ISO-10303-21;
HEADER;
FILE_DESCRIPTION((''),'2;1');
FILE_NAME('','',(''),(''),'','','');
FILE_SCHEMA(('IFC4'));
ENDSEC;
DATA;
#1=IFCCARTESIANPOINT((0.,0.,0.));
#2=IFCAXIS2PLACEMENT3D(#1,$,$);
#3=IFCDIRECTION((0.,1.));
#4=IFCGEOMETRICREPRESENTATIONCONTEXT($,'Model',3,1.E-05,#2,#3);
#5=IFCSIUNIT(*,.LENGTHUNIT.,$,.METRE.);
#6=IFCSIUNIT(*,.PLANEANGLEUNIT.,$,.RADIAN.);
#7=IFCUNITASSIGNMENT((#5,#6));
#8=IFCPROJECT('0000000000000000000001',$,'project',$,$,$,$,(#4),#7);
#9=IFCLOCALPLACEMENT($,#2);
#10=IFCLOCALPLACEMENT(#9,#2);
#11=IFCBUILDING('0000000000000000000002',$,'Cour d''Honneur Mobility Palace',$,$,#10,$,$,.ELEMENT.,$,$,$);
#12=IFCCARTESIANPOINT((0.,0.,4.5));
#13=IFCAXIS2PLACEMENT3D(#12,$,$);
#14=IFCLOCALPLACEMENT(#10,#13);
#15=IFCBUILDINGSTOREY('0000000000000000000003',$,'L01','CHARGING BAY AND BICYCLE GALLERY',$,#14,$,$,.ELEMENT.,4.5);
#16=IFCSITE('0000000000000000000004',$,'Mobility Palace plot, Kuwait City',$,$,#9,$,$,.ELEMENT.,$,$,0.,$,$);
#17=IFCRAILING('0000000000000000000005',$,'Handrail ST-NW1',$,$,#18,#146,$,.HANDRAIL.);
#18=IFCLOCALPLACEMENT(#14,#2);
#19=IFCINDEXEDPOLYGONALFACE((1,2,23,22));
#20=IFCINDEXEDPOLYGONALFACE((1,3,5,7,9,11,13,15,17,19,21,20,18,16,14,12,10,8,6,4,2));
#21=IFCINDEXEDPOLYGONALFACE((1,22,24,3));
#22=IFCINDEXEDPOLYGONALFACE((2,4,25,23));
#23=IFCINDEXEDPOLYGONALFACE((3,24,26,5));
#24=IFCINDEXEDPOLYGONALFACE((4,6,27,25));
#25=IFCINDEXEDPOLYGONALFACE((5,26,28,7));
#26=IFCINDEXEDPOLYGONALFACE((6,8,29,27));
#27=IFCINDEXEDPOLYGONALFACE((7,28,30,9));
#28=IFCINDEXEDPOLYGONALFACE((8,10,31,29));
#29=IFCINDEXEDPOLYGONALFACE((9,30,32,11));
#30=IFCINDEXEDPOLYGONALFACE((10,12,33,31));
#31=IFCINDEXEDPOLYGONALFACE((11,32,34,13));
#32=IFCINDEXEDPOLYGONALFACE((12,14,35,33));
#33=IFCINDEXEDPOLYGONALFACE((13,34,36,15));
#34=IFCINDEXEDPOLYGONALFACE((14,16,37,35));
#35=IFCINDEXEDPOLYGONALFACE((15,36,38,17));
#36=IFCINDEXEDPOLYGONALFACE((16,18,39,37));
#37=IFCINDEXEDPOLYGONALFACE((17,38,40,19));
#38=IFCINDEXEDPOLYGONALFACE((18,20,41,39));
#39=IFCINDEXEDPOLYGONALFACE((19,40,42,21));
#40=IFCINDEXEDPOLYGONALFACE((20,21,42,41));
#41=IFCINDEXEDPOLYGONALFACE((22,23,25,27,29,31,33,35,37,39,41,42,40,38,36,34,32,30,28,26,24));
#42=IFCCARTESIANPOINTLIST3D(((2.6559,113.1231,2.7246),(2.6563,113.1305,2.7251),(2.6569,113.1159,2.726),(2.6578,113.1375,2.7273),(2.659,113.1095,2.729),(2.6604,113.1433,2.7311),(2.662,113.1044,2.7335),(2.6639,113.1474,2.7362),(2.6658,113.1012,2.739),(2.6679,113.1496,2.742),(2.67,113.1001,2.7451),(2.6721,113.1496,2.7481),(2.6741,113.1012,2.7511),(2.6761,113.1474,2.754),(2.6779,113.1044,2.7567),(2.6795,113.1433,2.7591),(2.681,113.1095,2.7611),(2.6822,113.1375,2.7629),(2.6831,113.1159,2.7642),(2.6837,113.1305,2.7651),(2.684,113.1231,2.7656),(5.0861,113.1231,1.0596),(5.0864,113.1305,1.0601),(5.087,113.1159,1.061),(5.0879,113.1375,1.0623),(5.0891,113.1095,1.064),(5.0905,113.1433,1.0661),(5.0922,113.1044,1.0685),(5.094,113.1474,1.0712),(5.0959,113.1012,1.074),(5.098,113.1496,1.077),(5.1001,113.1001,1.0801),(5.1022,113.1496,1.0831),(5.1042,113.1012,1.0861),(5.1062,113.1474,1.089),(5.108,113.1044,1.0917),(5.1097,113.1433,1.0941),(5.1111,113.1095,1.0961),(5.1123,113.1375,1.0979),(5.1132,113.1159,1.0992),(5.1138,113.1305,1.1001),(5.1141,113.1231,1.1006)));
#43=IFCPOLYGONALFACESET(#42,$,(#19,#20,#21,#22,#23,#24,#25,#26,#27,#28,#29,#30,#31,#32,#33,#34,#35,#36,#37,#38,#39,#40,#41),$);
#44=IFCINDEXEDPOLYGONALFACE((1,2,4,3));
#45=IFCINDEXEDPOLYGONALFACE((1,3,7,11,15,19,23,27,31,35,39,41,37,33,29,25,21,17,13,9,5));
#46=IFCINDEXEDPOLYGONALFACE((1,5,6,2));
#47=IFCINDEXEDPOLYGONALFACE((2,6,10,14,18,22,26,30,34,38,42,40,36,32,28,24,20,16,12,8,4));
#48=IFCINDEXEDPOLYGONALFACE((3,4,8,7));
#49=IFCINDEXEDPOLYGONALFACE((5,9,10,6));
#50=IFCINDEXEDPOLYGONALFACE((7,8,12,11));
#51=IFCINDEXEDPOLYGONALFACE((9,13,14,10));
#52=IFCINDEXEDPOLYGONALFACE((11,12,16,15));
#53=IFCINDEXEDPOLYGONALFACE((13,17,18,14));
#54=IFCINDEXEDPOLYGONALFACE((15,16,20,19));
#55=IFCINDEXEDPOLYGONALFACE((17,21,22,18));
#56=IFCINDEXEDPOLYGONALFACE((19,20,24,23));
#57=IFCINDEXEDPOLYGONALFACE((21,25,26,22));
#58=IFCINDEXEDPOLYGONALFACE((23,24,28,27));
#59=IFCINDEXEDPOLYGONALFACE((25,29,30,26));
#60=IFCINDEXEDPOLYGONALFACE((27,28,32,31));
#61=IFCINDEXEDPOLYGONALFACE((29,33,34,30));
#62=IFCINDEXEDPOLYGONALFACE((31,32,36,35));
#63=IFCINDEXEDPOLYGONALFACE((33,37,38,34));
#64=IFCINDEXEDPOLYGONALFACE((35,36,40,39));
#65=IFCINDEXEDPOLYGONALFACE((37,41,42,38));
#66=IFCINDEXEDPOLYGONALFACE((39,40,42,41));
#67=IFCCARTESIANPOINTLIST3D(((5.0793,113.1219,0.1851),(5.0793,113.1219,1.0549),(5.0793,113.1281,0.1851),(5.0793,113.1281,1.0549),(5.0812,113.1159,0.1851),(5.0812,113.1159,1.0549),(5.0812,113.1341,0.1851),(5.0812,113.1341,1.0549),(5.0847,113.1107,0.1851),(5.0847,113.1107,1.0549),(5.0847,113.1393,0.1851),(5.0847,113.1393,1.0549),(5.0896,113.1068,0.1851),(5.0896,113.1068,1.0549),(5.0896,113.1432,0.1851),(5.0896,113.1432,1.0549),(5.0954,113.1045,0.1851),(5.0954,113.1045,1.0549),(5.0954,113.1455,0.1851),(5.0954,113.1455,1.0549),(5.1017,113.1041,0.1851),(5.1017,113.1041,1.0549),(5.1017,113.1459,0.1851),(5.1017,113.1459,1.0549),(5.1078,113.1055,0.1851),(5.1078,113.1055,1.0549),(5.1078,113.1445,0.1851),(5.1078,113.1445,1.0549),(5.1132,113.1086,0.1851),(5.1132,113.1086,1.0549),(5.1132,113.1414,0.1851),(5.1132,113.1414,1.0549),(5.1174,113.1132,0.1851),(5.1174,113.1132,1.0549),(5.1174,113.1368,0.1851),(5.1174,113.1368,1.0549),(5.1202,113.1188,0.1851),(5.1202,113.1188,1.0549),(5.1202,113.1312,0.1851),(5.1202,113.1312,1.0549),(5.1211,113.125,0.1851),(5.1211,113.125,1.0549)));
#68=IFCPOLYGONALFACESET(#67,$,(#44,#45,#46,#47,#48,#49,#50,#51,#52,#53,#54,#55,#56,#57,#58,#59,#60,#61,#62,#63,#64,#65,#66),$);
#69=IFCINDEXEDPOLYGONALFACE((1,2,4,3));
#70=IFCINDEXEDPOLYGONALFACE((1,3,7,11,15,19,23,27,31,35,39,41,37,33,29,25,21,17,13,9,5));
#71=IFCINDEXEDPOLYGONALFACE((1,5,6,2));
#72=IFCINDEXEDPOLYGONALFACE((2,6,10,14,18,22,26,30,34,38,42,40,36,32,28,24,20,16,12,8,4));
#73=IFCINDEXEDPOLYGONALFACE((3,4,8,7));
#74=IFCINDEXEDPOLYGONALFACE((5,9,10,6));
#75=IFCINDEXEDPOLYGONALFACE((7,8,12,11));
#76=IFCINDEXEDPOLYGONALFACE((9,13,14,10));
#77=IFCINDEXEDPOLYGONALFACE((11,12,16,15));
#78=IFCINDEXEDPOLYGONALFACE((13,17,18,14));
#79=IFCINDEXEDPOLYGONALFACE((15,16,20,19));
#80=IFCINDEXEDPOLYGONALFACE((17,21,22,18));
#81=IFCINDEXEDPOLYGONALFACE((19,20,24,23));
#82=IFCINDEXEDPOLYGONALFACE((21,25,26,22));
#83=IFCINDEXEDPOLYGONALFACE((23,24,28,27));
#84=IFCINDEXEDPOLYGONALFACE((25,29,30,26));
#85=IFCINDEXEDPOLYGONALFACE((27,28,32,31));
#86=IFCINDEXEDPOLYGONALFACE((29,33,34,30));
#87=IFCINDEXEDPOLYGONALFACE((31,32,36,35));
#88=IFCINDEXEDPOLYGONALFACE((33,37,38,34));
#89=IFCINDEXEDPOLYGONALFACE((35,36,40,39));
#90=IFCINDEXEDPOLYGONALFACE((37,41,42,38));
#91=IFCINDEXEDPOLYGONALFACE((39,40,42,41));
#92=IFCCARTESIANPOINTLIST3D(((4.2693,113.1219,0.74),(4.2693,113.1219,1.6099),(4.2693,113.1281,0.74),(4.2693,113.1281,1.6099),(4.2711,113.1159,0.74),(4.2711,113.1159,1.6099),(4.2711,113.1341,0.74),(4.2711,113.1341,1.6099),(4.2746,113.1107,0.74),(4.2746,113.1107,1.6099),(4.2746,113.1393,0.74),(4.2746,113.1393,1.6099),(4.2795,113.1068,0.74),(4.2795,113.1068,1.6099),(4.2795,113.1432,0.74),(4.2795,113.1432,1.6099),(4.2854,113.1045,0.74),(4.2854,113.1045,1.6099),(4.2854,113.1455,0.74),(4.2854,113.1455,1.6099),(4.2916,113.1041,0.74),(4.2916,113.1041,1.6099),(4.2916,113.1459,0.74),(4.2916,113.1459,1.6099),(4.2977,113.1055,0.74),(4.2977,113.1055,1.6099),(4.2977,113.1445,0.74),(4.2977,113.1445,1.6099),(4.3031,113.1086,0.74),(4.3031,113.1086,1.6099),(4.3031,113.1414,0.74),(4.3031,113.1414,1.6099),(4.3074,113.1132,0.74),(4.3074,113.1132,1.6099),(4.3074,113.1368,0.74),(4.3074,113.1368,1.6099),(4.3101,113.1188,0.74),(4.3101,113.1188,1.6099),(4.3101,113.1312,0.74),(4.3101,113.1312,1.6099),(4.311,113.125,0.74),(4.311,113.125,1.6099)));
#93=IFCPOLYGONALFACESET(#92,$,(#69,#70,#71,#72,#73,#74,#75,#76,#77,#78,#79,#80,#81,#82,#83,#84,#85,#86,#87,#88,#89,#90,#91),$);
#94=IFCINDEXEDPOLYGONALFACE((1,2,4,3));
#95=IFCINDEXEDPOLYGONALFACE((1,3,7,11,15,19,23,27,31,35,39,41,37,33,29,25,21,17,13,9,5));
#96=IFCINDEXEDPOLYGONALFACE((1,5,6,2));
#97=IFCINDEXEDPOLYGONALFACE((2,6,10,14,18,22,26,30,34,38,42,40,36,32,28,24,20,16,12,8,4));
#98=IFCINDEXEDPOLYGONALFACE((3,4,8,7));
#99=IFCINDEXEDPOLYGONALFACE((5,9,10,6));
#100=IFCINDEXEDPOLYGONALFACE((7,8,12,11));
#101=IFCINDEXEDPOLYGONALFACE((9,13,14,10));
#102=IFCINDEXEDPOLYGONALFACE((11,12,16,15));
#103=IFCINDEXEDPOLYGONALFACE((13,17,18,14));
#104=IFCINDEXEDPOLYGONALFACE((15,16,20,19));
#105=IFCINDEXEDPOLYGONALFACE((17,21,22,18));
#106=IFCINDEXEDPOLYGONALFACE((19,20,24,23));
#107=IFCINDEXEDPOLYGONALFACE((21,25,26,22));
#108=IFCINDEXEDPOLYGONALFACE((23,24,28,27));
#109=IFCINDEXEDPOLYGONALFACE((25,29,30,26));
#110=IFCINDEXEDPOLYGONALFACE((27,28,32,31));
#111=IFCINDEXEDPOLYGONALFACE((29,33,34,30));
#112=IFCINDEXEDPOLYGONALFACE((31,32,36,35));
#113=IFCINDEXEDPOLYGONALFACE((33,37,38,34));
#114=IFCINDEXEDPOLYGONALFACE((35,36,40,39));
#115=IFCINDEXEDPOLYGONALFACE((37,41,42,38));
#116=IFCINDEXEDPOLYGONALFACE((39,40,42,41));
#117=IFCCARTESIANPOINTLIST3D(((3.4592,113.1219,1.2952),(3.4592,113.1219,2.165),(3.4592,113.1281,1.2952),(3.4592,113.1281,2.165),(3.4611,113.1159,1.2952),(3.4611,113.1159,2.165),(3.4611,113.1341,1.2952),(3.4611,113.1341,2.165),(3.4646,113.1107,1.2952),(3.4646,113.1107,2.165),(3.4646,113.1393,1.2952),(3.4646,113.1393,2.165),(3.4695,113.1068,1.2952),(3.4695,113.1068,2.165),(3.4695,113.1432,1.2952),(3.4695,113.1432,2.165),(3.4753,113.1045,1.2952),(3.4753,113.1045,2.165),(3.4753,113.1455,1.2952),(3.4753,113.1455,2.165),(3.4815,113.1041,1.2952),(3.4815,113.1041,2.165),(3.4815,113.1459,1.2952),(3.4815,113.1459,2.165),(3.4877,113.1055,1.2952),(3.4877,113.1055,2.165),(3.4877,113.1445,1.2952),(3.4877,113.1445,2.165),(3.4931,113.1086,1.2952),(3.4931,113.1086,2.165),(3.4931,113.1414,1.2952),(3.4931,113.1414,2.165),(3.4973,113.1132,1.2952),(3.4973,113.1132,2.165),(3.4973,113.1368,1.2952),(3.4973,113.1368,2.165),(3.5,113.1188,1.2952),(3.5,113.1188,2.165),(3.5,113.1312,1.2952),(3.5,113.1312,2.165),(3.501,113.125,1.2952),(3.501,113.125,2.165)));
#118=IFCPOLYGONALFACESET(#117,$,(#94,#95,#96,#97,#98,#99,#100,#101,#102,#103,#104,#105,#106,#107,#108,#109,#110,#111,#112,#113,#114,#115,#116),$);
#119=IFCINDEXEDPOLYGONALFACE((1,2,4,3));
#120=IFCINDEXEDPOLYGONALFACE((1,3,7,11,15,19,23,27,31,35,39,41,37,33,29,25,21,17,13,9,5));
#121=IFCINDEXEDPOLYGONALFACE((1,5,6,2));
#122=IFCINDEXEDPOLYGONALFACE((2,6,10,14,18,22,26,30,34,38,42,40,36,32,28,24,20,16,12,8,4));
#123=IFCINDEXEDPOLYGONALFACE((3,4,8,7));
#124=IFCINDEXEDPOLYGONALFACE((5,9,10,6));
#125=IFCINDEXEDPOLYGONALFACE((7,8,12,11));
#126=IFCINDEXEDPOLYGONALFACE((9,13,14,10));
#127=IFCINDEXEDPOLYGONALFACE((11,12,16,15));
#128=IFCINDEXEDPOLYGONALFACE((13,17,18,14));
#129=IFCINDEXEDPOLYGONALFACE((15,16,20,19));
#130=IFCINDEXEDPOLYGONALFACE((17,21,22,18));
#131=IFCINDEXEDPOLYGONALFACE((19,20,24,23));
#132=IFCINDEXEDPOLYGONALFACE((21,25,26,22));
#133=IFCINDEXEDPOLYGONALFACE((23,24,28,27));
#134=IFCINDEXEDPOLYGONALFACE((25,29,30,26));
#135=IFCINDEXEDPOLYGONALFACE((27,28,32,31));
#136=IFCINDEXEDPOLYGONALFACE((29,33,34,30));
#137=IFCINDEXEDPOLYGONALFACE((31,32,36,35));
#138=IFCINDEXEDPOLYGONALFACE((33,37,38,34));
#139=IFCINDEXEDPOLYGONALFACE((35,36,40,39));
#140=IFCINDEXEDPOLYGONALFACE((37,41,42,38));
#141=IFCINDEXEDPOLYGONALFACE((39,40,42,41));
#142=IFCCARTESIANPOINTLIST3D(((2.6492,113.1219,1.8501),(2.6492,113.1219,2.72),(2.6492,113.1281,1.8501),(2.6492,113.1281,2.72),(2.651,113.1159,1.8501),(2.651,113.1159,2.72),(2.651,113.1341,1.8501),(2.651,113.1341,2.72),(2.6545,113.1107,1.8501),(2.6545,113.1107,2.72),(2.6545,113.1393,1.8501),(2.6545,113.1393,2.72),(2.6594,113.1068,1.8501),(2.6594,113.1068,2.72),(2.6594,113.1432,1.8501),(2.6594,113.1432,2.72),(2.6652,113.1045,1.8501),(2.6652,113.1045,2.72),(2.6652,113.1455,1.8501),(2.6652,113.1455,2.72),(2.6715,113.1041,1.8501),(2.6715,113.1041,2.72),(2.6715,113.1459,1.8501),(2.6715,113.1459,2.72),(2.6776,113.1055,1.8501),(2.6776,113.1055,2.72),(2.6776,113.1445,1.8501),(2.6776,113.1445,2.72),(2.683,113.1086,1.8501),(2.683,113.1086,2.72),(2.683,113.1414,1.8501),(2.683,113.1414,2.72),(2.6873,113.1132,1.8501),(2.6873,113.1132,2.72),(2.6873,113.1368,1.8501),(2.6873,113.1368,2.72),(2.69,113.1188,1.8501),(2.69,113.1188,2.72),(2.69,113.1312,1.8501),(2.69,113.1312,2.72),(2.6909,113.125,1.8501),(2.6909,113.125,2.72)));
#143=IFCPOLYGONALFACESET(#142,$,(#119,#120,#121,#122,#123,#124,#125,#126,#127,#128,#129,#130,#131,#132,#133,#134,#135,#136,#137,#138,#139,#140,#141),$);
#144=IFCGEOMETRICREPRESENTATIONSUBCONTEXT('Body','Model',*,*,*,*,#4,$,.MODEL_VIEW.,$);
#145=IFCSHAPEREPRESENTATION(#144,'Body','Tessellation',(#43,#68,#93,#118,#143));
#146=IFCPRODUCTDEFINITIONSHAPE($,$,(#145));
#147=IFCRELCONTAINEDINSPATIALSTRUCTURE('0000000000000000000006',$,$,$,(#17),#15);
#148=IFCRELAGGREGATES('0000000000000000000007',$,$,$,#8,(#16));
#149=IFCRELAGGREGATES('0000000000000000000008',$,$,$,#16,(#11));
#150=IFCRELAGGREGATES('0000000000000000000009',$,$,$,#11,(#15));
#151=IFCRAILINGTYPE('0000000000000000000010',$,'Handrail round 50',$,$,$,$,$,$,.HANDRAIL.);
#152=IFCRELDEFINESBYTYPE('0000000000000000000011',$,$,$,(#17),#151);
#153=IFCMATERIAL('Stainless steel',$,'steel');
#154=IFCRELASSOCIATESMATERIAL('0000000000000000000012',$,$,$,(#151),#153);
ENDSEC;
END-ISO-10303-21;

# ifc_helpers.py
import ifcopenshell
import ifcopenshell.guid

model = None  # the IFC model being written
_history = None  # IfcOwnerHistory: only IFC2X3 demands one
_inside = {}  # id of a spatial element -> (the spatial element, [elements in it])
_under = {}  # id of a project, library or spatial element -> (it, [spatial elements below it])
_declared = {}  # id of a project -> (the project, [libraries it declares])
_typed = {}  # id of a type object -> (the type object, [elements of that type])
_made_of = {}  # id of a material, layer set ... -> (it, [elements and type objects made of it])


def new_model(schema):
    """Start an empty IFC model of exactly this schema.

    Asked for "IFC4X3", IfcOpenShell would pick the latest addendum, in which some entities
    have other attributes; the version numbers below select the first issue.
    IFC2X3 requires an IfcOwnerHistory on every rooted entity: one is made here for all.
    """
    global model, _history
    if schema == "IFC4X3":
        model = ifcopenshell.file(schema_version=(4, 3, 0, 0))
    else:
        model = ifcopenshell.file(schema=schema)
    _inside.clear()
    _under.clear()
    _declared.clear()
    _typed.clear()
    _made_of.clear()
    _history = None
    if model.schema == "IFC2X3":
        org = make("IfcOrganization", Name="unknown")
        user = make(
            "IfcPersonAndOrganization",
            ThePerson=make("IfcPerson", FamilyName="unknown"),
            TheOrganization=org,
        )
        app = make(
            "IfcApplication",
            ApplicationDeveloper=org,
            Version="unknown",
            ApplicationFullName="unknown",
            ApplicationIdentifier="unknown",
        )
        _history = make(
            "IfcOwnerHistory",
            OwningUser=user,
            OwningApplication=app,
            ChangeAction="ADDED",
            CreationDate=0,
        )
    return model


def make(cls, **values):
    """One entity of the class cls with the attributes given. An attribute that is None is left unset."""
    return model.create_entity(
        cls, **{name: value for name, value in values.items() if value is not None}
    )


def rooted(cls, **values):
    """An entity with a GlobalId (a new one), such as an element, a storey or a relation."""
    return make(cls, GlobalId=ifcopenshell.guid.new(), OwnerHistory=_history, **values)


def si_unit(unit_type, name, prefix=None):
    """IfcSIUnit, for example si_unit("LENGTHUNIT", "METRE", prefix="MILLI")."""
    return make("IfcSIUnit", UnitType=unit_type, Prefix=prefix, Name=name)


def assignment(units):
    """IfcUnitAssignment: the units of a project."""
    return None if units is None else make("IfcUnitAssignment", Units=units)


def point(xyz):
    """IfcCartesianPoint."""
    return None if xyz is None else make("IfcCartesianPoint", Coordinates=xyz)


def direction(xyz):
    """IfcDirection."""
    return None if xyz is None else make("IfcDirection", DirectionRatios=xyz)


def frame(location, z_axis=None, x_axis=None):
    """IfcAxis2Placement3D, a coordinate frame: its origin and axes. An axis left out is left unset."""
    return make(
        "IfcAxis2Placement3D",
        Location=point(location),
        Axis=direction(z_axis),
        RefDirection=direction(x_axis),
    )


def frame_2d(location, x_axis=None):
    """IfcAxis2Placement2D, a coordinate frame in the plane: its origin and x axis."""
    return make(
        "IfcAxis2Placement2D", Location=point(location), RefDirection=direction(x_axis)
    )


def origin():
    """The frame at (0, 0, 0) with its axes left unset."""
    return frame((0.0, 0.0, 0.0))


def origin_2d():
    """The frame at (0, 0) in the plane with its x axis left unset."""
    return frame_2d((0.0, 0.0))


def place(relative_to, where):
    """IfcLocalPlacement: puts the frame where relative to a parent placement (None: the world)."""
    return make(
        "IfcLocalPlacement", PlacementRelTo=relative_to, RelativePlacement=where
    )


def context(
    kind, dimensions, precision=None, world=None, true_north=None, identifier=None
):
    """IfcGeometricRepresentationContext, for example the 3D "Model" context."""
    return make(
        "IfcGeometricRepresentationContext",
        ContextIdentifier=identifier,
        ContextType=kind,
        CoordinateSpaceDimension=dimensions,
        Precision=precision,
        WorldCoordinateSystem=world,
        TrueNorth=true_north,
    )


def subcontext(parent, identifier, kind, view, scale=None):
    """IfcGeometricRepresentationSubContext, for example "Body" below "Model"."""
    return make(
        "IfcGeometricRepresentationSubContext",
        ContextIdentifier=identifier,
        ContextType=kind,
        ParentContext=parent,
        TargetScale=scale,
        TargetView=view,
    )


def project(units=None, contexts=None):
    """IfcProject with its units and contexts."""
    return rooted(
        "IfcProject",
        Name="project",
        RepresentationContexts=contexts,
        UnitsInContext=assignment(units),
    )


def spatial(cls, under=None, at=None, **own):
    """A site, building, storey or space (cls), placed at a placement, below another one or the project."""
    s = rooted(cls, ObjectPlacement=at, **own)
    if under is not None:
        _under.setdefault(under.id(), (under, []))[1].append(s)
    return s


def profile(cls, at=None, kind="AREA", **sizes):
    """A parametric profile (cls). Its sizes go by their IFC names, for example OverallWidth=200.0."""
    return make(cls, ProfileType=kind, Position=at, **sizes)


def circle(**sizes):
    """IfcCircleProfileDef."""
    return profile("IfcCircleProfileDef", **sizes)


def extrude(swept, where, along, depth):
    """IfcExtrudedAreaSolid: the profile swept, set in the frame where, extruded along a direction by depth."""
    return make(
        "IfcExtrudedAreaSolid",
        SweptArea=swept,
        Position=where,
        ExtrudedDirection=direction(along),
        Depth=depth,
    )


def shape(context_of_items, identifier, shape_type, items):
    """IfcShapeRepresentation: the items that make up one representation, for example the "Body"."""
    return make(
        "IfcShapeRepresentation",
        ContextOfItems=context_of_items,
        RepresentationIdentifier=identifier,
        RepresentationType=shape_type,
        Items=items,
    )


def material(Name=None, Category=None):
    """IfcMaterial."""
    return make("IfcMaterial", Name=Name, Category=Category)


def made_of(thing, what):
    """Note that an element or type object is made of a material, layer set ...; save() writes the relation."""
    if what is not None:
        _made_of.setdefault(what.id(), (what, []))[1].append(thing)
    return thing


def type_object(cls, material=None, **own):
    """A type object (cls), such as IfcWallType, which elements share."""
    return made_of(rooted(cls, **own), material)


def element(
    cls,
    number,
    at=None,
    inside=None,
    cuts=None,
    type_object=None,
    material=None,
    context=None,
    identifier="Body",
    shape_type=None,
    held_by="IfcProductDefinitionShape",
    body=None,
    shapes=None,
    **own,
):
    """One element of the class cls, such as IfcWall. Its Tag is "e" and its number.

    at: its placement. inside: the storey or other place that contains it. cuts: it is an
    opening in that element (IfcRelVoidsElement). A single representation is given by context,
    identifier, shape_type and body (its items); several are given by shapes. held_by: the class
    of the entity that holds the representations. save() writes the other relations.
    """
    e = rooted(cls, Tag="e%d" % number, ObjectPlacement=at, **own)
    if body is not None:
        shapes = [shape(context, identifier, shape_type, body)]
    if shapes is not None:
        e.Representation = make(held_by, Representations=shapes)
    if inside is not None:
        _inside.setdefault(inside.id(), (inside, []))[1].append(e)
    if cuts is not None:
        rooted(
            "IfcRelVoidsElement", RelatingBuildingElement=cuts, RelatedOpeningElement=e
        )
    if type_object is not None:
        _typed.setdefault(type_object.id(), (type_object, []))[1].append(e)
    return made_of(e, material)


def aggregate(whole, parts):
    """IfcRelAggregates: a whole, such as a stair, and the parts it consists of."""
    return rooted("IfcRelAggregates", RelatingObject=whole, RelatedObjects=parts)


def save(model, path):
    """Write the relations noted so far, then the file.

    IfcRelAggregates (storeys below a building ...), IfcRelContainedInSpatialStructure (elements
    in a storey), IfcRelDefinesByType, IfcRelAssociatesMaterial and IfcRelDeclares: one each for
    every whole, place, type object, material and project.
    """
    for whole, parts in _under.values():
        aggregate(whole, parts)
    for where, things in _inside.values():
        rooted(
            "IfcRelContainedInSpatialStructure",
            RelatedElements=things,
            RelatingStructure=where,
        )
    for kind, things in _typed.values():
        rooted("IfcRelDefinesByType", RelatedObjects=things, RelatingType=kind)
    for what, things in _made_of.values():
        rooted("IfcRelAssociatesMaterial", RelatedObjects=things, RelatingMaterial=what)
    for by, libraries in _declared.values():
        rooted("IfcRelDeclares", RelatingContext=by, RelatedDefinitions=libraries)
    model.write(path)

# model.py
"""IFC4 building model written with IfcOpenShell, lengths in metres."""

from ifc_helpers import new_model, si_unit, direction, frame, origin, origin_2d, place, context, subcontext, project, spatial, circle, extrude, material, type_object, element, save


model = new_model("IFC4")

# Units and contexts
model_context = context("Model", 3, precision=1e-05, world=origin(), true_north=direction((0.0, 1.0)))
body_context = subcontext(model_context, "Body", "Model", "MODEL_VIEW")
ifc_project = project(units=[si_unit("LENGTHUNIT", "METRE"), si_unit("PLANEANGLEUNIT", "RADIAN")], contexts=[model_context])

# Site, building, storey
site_placement = place(None, origin())
site = spatial("IfcSite", under=ifc_project, at=site_placement, Name="Mobility Palace plot, Kuwait City", CompositionType="ELEMENT", RefElevation=0.0)
building_placement = place(site_placement, origin())
building = spatial("IfcBuilding", under=site, at=building_placement, Name="Cour d'Honneur Mobility Palace", CompositionType="ELEMENT")
storey_placement = place(building_placement, frame((0.0, 0.0, 4.5)))
storey = spatial("IfcBuildingStorey", under=building, at=storey_placement, Name="L01", Description="CHARGING BAY AND BICYCLE GALLERY", CompositionType="ELEMENT", Elevation=4.5)

# Railing
ifc_material_1 = material(Name="Stainless steel", Category="steel")
railing_type_1 = type_object("IfcRailingType", Name="Handrail round 50", PredefinedType="HANDRAIL", material=ifc_material_1)
for number, where, name in (
    (1, (5.1001, 113.125, 0.1851), "Handrail ST-NW1"),
):
    element("IfcRailing", number, at=place(storey_placement, frame(where)), inside=storey, type_object=railing_type_1, Name=name, PredefinedType="HANDRAIL", context=body_context, shape_type="SweptSolid", body=[
        extrude(circle(Radius=0.0249, at=origin_2d()), frame((0.0, 0.0, 0.895), z_axis=(-0.824945, 0.0, 0.565213), x_axis=(0.0, -1.0, 0.0)), (0.0, 0.0, 1.0), 2.9458),
        extrude(circle(Radius=0.021, at=origin_2d()), origin(), (0.0, 0.0, 1.0), 0.8699),
        extrude(circle(Radius=0.021, at=origin_2d()), frame((-0.8101, 0.0, 0.5549)), (0.0, 0.0, 1.0), 0.8699),
        extrude(circle(Radius=0.021, at=origin_2d()), frame((-1.6201, 0.0, 1.1101)), (0.0, 0.0, 1.0), 0.8699),
        extrude(circle(Radius=0.021, at=origin_2d()), frame((-2.4302, 0.0, 1.665)), (0.0, 0.0, 1.0), 0.8699),
    ])

save(model, "model.ifc")
